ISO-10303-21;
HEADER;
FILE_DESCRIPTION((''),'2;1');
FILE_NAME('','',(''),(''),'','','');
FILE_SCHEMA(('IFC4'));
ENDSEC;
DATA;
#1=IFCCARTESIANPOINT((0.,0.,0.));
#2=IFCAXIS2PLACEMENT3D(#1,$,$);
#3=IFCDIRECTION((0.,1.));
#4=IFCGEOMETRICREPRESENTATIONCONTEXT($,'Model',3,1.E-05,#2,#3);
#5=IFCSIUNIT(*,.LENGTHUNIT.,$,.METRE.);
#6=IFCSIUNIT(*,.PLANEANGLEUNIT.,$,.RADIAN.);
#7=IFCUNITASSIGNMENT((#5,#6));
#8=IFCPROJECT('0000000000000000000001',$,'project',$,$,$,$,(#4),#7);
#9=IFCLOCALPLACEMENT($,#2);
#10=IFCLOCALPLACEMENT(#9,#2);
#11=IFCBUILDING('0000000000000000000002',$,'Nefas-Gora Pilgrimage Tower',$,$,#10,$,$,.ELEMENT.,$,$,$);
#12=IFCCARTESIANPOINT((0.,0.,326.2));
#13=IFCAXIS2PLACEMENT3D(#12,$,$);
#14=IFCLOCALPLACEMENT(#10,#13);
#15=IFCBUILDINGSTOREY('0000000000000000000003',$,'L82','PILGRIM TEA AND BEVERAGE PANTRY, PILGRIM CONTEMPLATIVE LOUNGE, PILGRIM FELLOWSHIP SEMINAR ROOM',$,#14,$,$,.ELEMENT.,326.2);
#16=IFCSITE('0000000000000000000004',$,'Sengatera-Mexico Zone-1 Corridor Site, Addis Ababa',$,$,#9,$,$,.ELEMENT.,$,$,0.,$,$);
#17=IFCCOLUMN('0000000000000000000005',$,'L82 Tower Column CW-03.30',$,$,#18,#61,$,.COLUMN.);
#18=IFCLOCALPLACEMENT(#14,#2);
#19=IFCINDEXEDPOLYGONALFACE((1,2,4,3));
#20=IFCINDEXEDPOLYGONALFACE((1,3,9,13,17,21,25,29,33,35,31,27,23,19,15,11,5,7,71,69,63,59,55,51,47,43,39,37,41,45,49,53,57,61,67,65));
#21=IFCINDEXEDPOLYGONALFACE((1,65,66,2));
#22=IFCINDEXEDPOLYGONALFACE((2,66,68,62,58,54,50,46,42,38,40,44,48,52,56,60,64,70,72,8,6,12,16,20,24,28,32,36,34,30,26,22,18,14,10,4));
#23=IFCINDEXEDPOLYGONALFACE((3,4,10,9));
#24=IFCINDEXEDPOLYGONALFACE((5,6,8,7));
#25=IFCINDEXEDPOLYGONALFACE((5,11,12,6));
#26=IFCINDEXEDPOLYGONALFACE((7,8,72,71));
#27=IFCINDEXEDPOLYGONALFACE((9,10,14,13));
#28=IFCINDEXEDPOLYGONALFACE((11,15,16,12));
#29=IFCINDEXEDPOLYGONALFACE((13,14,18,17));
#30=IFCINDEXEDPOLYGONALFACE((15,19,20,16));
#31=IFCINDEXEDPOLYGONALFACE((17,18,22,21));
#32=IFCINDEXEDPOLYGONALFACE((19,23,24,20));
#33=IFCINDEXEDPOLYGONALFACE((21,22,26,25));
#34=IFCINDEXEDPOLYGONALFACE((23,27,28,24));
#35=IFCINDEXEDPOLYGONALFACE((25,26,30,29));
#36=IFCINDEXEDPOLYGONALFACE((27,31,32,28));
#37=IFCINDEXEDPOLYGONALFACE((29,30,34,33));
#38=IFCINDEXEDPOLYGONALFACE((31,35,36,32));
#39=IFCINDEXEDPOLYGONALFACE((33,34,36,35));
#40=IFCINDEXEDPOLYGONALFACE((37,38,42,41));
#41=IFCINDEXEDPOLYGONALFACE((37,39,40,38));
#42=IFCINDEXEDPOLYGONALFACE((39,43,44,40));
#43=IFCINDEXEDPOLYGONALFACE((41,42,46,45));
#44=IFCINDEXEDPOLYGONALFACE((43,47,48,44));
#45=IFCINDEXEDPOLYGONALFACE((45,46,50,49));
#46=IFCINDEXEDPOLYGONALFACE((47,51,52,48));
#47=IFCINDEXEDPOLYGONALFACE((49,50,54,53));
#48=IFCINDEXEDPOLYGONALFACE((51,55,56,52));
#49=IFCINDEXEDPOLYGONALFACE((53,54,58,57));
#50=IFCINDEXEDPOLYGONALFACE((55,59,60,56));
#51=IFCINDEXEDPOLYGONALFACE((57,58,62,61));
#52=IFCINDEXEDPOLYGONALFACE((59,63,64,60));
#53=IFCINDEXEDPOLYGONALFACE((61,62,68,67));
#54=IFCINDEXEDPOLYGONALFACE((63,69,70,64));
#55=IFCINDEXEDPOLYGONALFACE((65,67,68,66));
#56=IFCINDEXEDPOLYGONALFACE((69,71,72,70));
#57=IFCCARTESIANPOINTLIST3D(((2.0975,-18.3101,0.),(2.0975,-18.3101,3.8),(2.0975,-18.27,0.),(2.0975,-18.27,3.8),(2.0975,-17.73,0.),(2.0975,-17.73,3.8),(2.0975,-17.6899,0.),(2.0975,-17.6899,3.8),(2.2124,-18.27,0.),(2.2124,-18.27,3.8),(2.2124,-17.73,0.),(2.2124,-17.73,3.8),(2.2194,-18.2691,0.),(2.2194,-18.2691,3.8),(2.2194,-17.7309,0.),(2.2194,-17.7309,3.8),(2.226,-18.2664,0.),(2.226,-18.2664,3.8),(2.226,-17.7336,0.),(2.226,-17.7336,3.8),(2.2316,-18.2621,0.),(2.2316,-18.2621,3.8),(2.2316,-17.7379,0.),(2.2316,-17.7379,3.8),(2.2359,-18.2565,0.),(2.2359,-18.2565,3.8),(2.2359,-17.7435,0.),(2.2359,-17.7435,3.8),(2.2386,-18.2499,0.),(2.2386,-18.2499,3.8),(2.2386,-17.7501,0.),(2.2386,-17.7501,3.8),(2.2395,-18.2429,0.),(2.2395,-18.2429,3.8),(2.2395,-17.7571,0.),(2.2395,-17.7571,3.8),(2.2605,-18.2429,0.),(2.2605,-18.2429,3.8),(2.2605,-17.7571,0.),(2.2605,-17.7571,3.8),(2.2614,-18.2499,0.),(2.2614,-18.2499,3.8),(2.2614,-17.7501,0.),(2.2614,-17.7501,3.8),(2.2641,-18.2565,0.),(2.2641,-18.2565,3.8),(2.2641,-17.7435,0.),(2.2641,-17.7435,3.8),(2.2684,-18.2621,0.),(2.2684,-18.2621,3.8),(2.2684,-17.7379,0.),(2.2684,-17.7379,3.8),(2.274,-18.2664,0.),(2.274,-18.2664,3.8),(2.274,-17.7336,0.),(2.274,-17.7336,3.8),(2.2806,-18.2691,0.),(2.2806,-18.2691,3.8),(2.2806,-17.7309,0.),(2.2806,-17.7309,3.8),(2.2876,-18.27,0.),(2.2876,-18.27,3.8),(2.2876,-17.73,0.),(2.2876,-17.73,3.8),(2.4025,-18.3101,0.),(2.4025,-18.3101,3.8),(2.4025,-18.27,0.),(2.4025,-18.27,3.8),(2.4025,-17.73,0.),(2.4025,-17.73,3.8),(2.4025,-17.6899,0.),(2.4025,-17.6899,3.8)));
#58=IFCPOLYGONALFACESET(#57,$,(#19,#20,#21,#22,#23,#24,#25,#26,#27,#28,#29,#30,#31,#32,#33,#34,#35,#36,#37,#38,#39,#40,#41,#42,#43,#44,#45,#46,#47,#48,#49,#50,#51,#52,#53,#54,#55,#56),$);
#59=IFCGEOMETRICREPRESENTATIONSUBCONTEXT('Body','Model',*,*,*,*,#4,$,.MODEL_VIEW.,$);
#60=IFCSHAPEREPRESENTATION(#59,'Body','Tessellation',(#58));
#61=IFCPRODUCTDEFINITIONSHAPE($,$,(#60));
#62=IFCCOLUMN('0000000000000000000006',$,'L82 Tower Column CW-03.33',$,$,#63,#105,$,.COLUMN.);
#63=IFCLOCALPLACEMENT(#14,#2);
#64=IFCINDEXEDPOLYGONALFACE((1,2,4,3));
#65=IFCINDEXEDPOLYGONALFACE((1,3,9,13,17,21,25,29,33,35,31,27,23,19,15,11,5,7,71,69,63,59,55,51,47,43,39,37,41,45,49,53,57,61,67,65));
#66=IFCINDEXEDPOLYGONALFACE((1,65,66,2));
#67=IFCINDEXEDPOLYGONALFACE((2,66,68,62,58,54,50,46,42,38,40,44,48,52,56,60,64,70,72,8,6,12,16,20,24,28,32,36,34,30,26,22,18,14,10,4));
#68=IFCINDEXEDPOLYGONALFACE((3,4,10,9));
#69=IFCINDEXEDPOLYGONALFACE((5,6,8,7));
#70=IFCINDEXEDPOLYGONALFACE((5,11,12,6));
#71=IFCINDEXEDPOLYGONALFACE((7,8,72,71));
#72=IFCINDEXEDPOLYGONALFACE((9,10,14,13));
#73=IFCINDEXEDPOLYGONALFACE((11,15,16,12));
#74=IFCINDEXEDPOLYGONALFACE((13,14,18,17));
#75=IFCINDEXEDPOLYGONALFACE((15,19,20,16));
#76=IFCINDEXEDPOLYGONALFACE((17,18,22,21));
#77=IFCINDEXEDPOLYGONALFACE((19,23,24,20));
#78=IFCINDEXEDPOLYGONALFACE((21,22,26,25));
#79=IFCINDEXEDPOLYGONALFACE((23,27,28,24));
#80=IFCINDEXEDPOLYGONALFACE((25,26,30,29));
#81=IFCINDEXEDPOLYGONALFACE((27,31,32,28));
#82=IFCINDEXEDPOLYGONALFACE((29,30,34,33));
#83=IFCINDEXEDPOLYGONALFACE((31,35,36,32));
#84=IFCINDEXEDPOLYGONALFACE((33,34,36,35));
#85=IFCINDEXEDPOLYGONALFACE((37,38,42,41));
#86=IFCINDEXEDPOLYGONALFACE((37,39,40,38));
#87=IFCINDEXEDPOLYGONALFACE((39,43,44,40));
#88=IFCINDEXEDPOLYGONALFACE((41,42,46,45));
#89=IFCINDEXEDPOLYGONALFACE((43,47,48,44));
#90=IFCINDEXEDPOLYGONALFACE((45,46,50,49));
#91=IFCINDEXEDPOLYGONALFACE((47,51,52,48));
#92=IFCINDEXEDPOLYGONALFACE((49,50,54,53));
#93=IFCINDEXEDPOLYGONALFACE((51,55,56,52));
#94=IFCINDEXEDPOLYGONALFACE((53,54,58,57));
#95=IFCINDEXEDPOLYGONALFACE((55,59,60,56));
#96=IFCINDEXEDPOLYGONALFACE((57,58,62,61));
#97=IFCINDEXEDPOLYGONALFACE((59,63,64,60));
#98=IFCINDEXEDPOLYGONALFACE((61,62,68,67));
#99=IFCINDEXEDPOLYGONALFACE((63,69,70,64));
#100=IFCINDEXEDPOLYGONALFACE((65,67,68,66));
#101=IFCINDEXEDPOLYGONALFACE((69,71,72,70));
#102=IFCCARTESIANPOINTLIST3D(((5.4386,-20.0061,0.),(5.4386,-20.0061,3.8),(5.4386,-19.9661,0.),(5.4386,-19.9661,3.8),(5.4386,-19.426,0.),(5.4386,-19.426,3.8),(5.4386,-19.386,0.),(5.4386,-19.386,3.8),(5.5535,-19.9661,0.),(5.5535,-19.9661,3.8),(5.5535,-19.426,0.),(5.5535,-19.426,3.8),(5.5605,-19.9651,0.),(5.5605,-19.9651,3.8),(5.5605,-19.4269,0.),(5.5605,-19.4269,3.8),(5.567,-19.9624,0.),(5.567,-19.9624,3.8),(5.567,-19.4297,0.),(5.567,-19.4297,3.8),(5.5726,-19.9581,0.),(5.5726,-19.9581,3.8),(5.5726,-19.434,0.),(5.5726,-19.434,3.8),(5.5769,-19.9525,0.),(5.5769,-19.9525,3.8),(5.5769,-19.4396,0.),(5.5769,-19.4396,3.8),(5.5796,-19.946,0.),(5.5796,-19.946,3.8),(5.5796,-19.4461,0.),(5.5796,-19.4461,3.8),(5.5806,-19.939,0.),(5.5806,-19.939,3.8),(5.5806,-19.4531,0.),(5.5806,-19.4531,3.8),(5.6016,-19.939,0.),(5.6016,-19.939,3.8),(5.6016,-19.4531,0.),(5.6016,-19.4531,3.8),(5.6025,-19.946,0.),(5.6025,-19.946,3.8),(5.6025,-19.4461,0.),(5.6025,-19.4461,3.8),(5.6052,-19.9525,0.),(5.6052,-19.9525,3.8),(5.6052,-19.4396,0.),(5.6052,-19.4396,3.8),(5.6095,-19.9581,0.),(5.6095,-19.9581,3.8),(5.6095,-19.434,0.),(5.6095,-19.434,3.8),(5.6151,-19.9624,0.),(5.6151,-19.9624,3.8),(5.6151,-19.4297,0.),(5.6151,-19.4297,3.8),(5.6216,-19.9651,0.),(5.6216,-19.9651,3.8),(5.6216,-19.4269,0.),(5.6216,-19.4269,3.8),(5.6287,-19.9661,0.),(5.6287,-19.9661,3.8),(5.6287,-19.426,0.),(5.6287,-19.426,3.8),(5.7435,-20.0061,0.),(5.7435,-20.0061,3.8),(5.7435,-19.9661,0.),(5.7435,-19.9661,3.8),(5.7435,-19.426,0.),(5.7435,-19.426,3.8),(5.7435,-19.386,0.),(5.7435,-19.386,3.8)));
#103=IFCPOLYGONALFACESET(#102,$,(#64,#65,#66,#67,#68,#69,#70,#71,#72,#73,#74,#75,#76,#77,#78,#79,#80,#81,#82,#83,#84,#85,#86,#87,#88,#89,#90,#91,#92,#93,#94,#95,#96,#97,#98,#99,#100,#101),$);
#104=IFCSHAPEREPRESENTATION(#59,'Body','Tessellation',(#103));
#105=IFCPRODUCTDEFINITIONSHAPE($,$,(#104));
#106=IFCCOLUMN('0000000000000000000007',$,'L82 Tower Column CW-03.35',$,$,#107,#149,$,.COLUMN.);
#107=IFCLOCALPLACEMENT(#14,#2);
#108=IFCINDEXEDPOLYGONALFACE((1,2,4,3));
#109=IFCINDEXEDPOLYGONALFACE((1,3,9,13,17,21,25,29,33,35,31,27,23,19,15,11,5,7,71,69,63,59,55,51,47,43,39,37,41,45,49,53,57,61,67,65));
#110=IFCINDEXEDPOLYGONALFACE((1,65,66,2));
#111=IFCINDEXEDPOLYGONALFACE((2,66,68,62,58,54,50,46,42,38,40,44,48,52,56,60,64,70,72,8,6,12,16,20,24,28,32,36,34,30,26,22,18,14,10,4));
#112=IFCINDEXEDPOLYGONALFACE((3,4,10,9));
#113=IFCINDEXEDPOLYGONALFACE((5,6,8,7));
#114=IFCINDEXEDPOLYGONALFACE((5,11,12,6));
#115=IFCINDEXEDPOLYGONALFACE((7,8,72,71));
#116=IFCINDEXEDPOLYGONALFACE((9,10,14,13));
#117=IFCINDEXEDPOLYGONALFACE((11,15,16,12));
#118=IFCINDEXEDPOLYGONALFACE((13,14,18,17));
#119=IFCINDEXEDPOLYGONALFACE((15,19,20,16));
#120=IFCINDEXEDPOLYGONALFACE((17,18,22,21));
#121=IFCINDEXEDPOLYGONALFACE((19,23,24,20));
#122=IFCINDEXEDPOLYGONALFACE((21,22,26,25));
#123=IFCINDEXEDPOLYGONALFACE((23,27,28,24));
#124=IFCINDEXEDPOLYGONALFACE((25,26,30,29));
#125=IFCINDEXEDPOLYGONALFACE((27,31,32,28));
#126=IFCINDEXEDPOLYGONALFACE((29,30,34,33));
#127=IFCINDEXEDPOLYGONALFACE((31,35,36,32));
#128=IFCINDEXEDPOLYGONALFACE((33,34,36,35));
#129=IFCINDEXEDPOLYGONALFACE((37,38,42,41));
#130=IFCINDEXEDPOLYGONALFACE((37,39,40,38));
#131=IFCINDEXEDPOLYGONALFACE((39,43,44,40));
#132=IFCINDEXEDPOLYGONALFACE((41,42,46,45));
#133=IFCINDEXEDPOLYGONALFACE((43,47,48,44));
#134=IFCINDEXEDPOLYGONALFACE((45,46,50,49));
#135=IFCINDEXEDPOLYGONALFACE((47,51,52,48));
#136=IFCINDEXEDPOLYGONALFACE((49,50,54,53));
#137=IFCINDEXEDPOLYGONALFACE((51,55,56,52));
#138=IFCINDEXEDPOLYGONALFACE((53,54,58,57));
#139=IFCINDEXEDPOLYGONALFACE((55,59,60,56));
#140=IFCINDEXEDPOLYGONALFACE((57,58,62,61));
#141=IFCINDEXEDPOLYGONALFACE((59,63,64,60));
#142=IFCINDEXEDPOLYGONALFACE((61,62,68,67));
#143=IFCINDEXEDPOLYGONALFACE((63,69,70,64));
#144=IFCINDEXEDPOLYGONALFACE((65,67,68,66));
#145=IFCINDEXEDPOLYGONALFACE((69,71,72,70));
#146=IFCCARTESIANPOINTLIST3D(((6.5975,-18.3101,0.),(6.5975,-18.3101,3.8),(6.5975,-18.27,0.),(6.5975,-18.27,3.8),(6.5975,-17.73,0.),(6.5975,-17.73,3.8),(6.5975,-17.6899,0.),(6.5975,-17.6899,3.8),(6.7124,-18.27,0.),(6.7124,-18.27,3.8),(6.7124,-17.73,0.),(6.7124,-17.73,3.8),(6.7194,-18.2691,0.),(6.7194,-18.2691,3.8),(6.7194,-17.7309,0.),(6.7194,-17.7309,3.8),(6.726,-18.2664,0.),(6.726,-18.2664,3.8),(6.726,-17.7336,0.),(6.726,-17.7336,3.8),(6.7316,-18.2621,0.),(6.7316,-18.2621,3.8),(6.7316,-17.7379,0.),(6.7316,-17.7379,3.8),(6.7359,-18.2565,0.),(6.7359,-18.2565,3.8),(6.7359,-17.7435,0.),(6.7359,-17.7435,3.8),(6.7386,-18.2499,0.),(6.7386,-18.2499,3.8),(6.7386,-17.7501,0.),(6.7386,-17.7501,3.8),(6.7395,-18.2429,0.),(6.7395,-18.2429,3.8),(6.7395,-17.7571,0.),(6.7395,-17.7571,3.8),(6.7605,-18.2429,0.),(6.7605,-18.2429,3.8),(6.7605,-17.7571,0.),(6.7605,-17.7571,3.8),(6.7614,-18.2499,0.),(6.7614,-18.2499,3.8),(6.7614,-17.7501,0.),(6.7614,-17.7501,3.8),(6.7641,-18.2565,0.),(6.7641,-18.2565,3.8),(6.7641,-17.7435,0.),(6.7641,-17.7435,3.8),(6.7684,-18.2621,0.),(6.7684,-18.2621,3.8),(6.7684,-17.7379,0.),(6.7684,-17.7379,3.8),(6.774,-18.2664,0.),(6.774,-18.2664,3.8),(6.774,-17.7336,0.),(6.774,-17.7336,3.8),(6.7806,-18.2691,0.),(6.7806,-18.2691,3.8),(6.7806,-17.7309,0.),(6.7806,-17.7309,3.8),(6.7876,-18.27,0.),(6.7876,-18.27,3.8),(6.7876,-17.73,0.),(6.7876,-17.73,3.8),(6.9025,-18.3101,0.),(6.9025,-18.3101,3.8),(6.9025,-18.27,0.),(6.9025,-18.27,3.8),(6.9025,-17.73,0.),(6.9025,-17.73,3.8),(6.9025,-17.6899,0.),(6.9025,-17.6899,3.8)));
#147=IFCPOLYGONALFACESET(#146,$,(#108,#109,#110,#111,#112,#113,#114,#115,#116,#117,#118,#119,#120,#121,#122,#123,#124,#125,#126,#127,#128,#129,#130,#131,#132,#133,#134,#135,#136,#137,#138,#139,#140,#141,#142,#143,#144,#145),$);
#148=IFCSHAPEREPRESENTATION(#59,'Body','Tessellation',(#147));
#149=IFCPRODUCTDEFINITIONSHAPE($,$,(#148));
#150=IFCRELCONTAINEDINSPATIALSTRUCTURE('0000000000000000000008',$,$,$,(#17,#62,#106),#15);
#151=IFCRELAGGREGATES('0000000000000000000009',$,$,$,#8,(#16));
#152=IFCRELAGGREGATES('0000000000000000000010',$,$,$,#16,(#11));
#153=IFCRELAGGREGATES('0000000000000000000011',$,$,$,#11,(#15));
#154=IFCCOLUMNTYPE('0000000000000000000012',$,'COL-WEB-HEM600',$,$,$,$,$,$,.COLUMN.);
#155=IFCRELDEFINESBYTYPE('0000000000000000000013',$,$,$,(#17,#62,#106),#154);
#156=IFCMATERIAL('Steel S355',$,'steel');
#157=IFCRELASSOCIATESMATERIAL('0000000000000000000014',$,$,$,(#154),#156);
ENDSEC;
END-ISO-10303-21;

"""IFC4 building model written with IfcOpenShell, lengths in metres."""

from ifc_helpers import new_model, si_unit, direction, frame, origin, origin_2d, place, context, subcontext, project, spatial, i_section, extrude, source, transform, mapped, material, material_profile, profile_set, type_object, element, save


model = new_model("IFC4")

# Units and contexts
model_context = context("Model", 3, precision=1e-05, world=origin(), true_north=direction((0.0, 1.0)))
body_context = subcontext(model_context, "Body", "Model", "MODEL_VIEW")
ifc_project = project(units=[si_unit("LENGTHUNIT", "METRE"), si_unit("PLANEANGLEUNIT", "RADIAN")], contexts=[model_context])

# Site, building, storey
site_placement = place(None, origin())
site = spatial("IfcSite", under=ifc_project, at=site_placement, Name="Sengatera-Mexico Zone-1 Corridor Site, Addis Ababa", CompositionType="ELEMENT", RefElevation=0.0)
building_placement = place(site_placement, origin())
building = spatial("IfcBuilding", under=site, at=building_placement, Name="Nefas-Gora Pilgrimage Tower", CompositionType="ELEMENT")
storey_placement = place(building_placement, frame((0.0, 0.0, 326.2)))
storey = spatial("IfcBuildingStorey", under=building, at=storey_placement, Name="L82", Description="PILGRIM TEA AND BEVERAGE PANTRY, PILGRIM CONTEMPLATIVE LOUNGE, PILGRIM FELLOWSHIP SEMINAR ROOM", CompositionType="ELEMENT", Elevation=326.2)

# Columns
ifc_material_1 = material(Name="Steel S355", Category="steel")
ifc_material_profile_1 = material_profile(ifc_material_1, i_section(OverallWidth=0.3049, OverallDepth=0.6201, WebThickness=0.021, FlangeThickness=0.04, FilletRadius=0.0271, at=origin_2d()), Name="HEM 600")
ifc_profile_set_1 = profile_set([ifc_material_profile_1], Name="Steel S355")
column_type_1 = type_object("IfcColumnType", Name="COL-WEB-HEM600", PredefinedType="COLUMN", material=ifc_profile_set_1)
shared_shape_1 = source(origin(), body_context, "Body", "SweptSolid", [
    extrude(i_section(OverallWidth=0.3049, OverallDepth=0.6201, WebThickness=0.021, FlangeThickness=0.04, FilletRadius=0.0271, at=origin_2d()), origin(), (0.0, 0.0, 1.0), 3.8),
])
for number, where, z_axis, x_axis, name in (
    (1, (2.25, -18.0, 0.0), (0.0, 0.0, 1.0), (1.0, 0.0, 0.0), "L82 Tower Column CW-03.30"),
    (2, (5.5911, -19.696, 0.0), (0.0, 0.0, 1.0), (1.0, 0.0, 0.0), "L82 Tower Column CW-03.33"),
    (3, (6.75, -18.0, 0.0), (0.0, 0.0, 1.0), (1.0, 0.0, 0.0), "L82 Tower Column CW-03.35"),
):
    element("IfcColumn", number, at=place(storey_placement, frame(where, z_axis=z_axis, x_axis=x_axis)), inside=storey, type_object=column_type_1, Name=name, PredefinedType="COLUMN", context=body_context, shape_type="MappedRepresentation", body=[
        mapped(shared_shape_1, transform((0.0, 0.0, 0.0), x_axis=(1.0, 0.0, 0.0), y_axis=(0.0, 1.0, 0.0), z_axis=(0.0, 0.0, 1.0), scale=1.0)),
    ])

save(model, "model.ifc")
